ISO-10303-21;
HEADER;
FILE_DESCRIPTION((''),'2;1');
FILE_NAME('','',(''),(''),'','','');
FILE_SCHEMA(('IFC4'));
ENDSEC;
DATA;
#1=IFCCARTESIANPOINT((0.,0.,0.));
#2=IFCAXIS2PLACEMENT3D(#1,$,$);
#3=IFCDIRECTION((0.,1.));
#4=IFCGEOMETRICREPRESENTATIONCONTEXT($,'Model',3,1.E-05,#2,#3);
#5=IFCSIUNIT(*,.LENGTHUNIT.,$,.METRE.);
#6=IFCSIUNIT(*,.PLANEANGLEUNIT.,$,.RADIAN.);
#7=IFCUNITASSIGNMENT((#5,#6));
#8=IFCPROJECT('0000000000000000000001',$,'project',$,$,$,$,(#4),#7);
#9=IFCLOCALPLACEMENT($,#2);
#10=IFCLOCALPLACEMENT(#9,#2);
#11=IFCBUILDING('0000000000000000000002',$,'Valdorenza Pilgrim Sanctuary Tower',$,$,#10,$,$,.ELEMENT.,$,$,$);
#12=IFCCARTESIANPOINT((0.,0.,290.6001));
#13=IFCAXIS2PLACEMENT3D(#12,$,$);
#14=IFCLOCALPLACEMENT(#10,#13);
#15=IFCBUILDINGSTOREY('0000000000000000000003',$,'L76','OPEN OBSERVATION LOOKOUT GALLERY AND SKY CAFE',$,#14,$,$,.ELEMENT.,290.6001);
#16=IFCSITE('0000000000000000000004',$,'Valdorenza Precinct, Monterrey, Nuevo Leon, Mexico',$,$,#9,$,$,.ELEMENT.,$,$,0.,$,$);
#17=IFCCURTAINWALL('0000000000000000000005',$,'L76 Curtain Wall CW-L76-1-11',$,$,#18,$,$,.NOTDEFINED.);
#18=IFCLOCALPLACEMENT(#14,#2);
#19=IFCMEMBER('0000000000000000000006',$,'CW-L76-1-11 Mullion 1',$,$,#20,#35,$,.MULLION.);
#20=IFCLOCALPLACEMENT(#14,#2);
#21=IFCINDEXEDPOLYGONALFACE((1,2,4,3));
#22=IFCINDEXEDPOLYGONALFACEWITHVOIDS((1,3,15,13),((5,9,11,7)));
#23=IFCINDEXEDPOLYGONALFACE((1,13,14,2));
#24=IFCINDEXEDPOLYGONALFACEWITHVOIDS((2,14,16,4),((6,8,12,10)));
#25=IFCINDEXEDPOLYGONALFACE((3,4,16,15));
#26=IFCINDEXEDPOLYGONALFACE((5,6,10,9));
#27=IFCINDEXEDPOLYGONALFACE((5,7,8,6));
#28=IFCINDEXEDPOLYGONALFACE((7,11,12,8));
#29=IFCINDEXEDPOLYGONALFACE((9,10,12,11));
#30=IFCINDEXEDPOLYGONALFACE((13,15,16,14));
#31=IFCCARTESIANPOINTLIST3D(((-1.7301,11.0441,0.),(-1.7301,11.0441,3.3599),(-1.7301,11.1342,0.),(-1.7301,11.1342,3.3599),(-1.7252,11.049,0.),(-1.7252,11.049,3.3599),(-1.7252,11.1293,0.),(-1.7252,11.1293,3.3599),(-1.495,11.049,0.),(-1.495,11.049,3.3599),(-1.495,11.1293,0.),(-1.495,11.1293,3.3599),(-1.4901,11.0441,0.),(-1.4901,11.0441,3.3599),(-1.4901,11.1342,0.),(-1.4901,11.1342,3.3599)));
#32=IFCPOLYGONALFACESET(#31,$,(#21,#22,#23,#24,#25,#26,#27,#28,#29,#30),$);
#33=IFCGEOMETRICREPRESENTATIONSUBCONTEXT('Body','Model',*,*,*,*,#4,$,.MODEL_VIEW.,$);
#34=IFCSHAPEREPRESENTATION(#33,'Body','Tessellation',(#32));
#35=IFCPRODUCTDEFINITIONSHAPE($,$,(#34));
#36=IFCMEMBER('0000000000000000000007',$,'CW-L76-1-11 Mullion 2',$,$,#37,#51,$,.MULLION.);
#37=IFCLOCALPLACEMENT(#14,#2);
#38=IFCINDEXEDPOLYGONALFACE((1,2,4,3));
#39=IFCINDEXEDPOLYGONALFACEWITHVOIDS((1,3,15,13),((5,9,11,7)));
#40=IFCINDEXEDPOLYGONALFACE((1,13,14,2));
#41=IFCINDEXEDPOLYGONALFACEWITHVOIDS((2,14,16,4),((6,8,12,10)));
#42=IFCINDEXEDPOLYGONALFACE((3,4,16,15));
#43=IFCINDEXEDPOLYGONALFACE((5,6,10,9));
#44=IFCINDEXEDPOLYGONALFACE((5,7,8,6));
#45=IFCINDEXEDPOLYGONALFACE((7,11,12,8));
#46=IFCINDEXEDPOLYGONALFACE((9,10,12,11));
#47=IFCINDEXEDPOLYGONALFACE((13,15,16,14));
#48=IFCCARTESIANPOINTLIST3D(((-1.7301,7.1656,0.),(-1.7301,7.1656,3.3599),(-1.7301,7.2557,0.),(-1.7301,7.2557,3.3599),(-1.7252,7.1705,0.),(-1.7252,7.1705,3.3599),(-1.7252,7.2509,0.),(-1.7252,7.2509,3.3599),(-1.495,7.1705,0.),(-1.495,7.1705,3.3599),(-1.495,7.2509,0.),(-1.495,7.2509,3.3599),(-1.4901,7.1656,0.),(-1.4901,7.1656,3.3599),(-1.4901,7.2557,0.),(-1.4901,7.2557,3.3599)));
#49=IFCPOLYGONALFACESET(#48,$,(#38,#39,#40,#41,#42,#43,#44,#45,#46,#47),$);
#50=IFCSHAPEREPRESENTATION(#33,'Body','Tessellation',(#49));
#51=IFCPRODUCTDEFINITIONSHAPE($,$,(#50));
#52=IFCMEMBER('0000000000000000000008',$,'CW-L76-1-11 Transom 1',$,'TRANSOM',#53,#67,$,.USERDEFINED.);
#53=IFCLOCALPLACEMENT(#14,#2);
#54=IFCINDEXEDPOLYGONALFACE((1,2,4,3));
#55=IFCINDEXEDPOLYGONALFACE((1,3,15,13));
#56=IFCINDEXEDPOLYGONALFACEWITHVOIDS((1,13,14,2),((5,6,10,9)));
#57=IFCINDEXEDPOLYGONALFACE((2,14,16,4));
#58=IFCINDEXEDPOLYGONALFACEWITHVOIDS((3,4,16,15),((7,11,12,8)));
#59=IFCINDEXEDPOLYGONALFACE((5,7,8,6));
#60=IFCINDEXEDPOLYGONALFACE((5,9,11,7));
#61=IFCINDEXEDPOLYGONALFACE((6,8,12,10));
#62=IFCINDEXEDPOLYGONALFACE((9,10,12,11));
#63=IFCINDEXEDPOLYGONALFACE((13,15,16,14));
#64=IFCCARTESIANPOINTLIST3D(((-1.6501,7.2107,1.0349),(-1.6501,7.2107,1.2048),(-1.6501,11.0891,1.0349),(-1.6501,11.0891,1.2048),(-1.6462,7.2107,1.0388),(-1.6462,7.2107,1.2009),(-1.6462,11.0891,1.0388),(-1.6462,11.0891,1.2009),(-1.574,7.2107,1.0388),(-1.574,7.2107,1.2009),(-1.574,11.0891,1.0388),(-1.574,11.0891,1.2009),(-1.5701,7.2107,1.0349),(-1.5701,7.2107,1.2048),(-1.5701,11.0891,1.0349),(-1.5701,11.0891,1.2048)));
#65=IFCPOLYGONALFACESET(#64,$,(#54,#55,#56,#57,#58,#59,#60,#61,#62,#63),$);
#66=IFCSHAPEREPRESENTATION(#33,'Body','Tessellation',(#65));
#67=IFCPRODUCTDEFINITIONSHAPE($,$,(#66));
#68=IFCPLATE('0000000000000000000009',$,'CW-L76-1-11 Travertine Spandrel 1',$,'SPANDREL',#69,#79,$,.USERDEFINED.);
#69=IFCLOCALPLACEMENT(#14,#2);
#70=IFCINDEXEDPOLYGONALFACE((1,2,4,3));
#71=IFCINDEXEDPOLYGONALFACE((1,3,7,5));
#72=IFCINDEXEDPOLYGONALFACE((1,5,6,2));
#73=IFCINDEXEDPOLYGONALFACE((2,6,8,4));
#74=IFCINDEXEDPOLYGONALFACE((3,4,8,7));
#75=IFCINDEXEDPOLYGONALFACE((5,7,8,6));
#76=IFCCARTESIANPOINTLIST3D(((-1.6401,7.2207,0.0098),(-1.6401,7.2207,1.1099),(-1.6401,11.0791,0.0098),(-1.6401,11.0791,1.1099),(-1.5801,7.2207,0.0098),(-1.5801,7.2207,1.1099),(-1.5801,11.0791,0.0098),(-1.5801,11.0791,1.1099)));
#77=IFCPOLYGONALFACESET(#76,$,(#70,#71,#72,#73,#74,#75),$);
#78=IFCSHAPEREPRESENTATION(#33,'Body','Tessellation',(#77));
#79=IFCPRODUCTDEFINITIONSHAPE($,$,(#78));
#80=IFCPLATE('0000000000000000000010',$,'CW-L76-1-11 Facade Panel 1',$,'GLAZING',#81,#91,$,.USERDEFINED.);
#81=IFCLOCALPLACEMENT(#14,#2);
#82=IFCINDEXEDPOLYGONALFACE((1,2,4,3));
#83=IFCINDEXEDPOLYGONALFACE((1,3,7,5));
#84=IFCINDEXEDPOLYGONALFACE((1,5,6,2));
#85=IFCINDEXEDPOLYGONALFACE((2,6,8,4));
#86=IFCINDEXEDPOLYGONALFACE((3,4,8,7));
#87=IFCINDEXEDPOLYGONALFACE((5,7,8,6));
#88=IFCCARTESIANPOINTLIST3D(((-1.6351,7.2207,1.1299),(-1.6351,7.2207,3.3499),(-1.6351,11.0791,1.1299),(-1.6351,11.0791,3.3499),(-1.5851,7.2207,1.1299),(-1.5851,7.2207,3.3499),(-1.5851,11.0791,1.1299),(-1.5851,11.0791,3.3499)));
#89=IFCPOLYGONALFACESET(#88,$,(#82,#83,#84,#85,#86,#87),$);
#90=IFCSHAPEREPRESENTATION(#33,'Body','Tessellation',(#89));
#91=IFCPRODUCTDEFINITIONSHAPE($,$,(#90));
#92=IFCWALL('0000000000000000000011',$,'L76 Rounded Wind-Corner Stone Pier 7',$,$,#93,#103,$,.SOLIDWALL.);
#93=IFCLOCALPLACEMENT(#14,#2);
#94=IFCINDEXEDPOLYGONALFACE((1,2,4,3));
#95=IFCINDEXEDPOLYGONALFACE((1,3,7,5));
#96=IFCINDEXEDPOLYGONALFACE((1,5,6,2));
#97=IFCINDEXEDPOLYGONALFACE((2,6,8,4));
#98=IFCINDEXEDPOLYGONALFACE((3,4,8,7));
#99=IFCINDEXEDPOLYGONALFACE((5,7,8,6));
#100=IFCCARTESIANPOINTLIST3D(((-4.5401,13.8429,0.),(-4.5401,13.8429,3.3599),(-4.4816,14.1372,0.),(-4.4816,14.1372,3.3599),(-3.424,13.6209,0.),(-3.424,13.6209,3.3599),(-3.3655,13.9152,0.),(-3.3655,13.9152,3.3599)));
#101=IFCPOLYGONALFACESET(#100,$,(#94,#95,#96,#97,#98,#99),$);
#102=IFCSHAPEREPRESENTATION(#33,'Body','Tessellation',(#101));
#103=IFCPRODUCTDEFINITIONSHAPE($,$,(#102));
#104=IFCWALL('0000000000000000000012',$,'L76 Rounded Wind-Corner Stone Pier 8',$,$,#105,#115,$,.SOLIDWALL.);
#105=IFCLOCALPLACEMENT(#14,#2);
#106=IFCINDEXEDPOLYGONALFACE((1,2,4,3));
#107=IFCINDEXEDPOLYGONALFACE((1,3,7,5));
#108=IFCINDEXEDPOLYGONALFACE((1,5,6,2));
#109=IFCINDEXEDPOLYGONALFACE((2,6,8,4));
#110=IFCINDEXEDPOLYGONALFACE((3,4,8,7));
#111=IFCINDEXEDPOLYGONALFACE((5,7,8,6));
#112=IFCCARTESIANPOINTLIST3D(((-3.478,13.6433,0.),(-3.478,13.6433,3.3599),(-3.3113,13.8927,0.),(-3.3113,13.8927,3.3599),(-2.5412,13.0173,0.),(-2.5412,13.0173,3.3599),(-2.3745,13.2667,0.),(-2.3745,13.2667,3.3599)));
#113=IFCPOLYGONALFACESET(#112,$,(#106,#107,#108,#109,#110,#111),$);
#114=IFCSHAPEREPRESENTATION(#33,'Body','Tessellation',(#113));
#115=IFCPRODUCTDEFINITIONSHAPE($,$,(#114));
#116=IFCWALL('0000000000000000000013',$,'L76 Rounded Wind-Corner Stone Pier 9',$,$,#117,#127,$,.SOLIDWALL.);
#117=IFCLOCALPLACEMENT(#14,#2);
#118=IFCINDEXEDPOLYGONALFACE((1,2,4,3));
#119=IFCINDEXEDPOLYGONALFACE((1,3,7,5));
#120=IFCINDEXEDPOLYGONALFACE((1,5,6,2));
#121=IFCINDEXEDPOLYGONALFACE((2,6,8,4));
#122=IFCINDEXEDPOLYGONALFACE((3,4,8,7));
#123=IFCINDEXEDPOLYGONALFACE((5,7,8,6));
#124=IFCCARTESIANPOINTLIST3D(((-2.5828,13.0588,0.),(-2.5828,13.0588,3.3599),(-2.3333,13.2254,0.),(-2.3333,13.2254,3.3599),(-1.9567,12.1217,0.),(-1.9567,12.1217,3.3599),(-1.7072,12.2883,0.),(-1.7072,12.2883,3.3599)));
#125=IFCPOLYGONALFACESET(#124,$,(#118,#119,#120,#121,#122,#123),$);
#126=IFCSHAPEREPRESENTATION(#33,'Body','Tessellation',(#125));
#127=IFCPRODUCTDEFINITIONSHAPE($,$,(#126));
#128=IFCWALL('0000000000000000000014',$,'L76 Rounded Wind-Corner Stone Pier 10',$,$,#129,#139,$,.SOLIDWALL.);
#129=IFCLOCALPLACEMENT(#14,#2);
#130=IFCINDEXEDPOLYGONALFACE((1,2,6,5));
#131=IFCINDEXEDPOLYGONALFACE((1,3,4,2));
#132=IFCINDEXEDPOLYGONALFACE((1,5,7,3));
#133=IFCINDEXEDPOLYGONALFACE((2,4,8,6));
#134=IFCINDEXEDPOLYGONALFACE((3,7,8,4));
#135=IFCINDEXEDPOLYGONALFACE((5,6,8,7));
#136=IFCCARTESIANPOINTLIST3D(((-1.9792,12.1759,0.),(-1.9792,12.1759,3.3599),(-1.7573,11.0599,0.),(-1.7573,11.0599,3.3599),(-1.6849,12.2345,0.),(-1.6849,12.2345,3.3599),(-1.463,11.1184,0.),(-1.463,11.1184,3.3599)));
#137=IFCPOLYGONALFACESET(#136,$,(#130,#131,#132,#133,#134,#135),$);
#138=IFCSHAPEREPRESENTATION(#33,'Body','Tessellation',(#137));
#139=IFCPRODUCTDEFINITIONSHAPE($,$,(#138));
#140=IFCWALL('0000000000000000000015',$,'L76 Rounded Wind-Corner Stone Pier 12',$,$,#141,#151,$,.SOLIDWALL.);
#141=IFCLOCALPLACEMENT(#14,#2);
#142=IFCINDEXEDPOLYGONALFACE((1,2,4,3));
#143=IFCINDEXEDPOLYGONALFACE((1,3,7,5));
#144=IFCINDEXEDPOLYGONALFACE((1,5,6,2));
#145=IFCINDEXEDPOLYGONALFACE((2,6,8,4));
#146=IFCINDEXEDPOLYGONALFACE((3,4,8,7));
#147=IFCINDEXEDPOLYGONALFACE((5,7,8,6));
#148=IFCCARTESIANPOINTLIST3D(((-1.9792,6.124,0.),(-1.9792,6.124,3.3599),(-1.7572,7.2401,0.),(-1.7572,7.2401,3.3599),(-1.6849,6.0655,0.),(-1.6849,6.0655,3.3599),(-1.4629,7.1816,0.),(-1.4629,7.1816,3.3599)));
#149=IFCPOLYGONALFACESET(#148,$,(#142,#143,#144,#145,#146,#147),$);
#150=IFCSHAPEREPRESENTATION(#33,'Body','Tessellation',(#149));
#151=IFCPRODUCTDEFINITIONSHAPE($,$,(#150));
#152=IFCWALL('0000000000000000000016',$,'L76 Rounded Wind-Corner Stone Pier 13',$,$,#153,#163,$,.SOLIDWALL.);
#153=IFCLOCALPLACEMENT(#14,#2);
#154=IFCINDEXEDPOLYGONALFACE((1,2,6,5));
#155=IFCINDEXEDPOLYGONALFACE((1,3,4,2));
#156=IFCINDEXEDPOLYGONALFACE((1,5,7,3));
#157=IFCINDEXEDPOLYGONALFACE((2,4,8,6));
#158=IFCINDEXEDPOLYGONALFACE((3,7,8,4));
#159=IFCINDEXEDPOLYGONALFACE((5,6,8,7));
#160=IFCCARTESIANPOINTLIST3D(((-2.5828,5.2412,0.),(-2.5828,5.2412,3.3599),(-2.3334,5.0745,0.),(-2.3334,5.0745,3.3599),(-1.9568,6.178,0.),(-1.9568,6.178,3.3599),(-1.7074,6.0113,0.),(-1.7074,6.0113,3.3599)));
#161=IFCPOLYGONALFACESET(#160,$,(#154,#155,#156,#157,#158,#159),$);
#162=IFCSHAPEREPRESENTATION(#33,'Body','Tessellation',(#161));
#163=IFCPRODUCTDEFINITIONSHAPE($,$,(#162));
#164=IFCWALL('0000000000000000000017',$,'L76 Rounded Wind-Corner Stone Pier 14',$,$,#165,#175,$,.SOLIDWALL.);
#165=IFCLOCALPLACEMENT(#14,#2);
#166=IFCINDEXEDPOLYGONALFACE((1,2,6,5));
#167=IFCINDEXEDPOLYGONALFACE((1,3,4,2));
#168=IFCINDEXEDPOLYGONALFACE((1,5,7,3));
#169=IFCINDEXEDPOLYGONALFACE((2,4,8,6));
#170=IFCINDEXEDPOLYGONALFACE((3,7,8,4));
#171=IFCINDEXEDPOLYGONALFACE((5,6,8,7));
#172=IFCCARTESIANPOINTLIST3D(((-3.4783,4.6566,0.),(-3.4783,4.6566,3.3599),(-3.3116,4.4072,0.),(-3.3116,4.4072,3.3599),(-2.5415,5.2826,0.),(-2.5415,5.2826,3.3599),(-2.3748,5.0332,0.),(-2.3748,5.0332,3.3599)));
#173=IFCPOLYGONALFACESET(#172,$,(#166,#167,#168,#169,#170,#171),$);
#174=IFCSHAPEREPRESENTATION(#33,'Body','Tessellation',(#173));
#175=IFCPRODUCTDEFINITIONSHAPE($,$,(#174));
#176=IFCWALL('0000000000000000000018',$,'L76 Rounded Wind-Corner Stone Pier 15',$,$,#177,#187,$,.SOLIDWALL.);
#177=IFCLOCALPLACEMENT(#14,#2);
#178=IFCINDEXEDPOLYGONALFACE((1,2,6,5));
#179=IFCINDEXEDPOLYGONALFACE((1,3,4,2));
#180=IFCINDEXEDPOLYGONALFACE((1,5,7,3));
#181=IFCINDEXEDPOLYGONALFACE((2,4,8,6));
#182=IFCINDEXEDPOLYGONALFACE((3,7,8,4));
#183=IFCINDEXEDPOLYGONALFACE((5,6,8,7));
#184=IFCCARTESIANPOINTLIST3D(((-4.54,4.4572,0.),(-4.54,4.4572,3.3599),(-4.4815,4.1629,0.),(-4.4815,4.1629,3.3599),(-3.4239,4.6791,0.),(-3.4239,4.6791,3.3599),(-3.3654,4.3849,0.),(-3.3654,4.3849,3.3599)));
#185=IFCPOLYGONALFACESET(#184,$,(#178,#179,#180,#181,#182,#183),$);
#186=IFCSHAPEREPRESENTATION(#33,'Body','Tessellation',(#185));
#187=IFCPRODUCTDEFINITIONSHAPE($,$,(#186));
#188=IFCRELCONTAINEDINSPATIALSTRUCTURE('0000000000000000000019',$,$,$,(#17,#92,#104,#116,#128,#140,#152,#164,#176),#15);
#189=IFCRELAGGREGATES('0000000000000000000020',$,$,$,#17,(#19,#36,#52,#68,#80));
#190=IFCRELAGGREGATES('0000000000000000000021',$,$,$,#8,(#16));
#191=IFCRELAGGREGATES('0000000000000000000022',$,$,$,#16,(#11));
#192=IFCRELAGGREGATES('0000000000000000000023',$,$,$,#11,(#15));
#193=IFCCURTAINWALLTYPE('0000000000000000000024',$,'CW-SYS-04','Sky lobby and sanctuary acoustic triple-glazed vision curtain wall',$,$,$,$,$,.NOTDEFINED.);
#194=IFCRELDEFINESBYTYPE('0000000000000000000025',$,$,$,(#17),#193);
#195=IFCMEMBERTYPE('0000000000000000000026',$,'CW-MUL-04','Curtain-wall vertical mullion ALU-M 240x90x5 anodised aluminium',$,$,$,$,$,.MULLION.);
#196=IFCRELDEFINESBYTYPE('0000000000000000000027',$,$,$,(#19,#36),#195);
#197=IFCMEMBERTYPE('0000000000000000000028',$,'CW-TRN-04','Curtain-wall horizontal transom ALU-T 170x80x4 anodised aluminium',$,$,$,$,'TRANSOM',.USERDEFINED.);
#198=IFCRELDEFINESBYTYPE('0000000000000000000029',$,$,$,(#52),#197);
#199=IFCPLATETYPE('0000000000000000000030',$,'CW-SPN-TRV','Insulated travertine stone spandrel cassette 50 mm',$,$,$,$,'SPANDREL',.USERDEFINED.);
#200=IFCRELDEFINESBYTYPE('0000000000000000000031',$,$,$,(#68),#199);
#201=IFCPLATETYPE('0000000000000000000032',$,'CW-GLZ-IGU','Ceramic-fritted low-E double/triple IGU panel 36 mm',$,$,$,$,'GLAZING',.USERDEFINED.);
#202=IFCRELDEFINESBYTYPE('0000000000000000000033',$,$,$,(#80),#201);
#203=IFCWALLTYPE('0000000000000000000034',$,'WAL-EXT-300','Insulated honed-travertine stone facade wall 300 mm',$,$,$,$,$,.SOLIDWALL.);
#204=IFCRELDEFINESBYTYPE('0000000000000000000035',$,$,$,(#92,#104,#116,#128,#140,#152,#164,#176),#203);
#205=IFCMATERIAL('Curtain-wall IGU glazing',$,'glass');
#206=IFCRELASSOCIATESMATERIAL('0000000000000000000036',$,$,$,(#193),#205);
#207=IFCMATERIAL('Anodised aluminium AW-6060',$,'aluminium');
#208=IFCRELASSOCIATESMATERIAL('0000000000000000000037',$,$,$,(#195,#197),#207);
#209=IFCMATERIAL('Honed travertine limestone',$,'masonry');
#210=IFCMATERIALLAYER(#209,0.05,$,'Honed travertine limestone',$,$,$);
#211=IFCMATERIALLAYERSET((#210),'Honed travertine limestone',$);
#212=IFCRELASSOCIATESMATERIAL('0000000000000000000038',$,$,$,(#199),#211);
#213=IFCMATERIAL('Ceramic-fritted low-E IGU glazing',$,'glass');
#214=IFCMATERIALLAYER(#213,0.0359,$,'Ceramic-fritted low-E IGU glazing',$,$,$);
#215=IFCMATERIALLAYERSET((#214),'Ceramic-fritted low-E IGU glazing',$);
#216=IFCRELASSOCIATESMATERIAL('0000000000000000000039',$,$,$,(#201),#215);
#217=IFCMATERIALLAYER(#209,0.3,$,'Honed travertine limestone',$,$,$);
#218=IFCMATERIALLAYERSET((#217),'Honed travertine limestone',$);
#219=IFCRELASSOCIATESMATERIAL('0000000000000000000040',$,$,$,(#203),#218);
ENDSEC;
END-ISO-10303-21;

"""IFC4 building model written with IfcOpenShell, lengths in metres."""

from ifc_helpers import new_model, si_unit, direction, frame, frame_2d, origin, origin_2d, place, context, subcontext, project, spatial, rectangle, hollow_rectangle, extrude, source, transform, mapped, material, layer, layer_set, material_profile, profile_set, type_object, element, aggregate, save


model = new_model("IFC4")

# Units and contexts
model_context = context("Model", 3, precision=1e-05, world=origin(), true_north=direction((0.0, 1.0)))
body_context = subcontext(model_context, "Body", "Model", "MODEL_VIEW")
ifc_project = project(units=[si_unit("LENGTHUNIT", "METRE"), si_unit("PLANEANGLEUNIT", "RADIAN")], contexts=[model_context])

# Site, building, storey
site_placement = place(None, origin())
site = spatial("IfcSite", under=ifc_project, at=site_placement, Name="Valdorenza Precinct, Monterrey, Nuevo Leon, Mexico", CompositionType="ELEMENT", RefElevation=0.0)
building_placement = place(site_placement, origin())
building = spatial("IfcBuilding", under=site, at=building_placement, Name="Valdorenza Pilgrim Sanctuary Tower", CompositionType="ELEMENT")
storey_placement = place(building_placement, frame((0.0, 0.0, 290.6001)))
storey = spatial("IfcBuildingStorey", under=building, at=storey_placement, Name="L76", Description="OPEN OBSERVATION LOOKOUT GALLERY AND SKY CAFE", CompositionType="ELEMENT", Elevation=290.6001)

# Curtain wall, members, plates
ifc_material_1 = material(Name="Curtain-wall IGU glazing", Category="glass")
curtain_wall_type = type_object("IfcCurtainWallType", Name="CW-SYS-04", Description="Sky lobby and sanctuary acoustic triple-glazed vision curtain wall", PredefinedType="NOTDEFINED", material=ifc_material_1)
curtain_wall_placement = place(storey_placement, origin())
curtain_wall = element("IfcCurtainWall", 1, at=curtain_wall_placement, inside=storey, type_object=curtain_wall_type, Name="L76 Curtain Wall CW-L76-1-11", PredefinedType="NOTDEFINED")
ifc_material_2 = material(Name="Anodised aluminium AW-6060", Category="aluminium")
ifc_material_profile_1 = material_profile(ifc_material_2, hollow_rectangle(XDim=0.0901, YDim=0.24, WallThickness=0.0049, at=origin_2d()), Name="ALU-M 240x90x5")
ifc_profile_set_1 = profile_set([ifc_material_profile_1], Name="Anodised aluminium AW-6060")
member_type_1 = type_object("IfcMemberType", Name="CW-MUL-04", Description="Curtain-wall vertical mullion ALU-M 240x90x5 anodised aluminium", PredefinedType="MULLION", material=ifc_profile_set_1)
shared_shape_1 = source(origin(), body_context, "Body", "SweptSolid", [
    extrude(hollow_rectangle(XDim=0.0901, YDim=0.24, WallThickness=0.0049, at=origin_2d()), origin(), (0.0, 0.0, 1.0), 3.3599),
])
member_1_placement = place(storey_placement, frame((-1.6101, 11.0891, 0.0), z_axis=(0.0, 0.0, 1.0), x_axis=(0.0, -1.0, 0.0)))
member_1 = element("IfcMember", 2, at=member_1_placement, type_object=member_type_1, Name="CW-L76-1-11 Mullion 1", PredefinedType="MULLION", context=body_context, shape_type="MappedRepresentation", body=[
    mapped(shared_shape_1, transform((0.0, 0.0, 0.0), x_axis=(1.0, 0.0, 0.0), y_axis=(0.0, 1.0, 0.0), z_axis=(0.0, 0.0, 1.0), scale=1.0)),
])
member_2_placement = place(storey_placement, frame((-1.6101, 7.2107, 0.0), z_axis=(0.0, 0.0, 1.0), x_axis=(0.0, -1.0, 0.0)))
member_2 = element("IfcMember", 3, at=member_2_placement, type_object=member_type_1, Name="CW-L76-1-11 Mullion 2", PredefinedType="MULLION", context=body_context, shape_type="MappedRepresentation", body=[
    mapped(shared_shape_1, transform((0.0, 0.0, 0.0), x_axis=(1.0, 0.0, 0.0), y_axis=(0.0, 1.0, 0.0), z_axis=(0.0, 0.0, 1.0), scale=1.0)),
])
ifc_material_profile_2 = material_profile(ifc_material_2, hollow_rectangle(XDim=0.0801, YDim=0.1699, WallThickness=0.0039, at=origin_2d()), Name="ALU-T 170x80x4")
ifc_profile_set_2 = profile_set([ifc_material_profile_2], Name="Anodised aluminium AW-6060")
member_type_2 = type_object("IfcMemberType", Name="CW-TRN-04", Description="Curtain-wall horizontal transom ALU-T 170x80x4 anodised aluminium", ElementType="TRANSOM", PredefinedType="USERDEFINED", material=ifc_profile_set_2)
shared_shape_2 = source(origin(), body_context, "Body", "SweptSolid", [
    extrude(hollow_rectangle(XDim=0.0801, YDim=0.1699, WallThickness=0.0039, at=origin_2d()), origin(), (0.0, 0.0, 1.0), 3.8784),
])
member_3_placement = place(storey_placement, frame((-1.6101, 11.0891, 1.1199), z_axis=(0.0, -1.0, 0.0), x_axis=(1.0, 0.0, 0.0)))
member_3 = element("IfcMember", 4, at=member_3_placement, type_object=member_type_2, Name="CW-L76-1-11 Transom 1", ObjectType="TRANSOM", PredefinedType="USERDEFINED", context=body_context, shape_type="MappedRepresentation", body=[
    mapped(shared_shape_2, transform((0.0, 0.0, 0.0), x_axis=(1.0, 0.0, 0.0), y_axis=(0.0, 1.0, 0.0), z_axis=(0.0, 0.0, 1.0), scale=1.0)),
])
ifc_material_3 = material(Name="Honed travertine limestone", Category="masonry")
ifc_layer_1 = layer(ifc_material_3, 0.05, Name="Honed travertine limestone")
ifc_layer_set_1 = layer_set([ifc_layer_1], Name="Honed travertine limestone")
plate_type_1 = type_object("IfcPlateType", Name="CW-SPN-TRV", Description="Insulated travertine stone spandrel cassette 50 mm", ElementType="SPANDREL", PredefinedType="USERDEFINED", material=ifc_layer_set_1)
shared_shape_3 = source(origin(), body_context, "Body", "SweptSolid", [
    extrude(rectangle(XDim=3.8584, YDim=0.0601, at=origin_2d()), origin(), (0.0, 0.0, 1.0), 1.1001),
])
plate_1_placement = place(storey_placement, frame((-1.6101, 9.1499, 0.0098), z_axis=(0.0, 0.0, 1.0), x_axis=(0.0, -1.0, 0.0)))
plate_1 = element("IfcPlate", 5, at=plate_1_placement, type_object=plate_type_1, Name="CW-L76-1-11 Travertine Spandrel 1", ObjectType="SPANDREL", PredefinedType="USERDEFINED", context=body_context, shape_type="MappedRepresentation", body=[
    mapped(shared_shape_3, transform((0.0, 0.0, 0.0), x_axis=(1.0, 0.0, 0.0), y_axis=(0.0, 1.0, 0.0), z_axis=(0.0, 0.0, 1.0), scale=1.0)),
])
ifc_material_4 = material(Name="Ceramic-fritted low-E IGU glazing", Category="glass")
ifc_layer_2 = layer(ifc_material_4, 0.0359, Name="Ceramic-fritted low-E IGU glazing")
ifc_layer_set_2 = layer_set([ifc_layer_2], Name="Ceramic-fritted low-E IGU glazing")
plate_type_2 = type_object("IfcPlateType", Name="CW-GLZ-IGU", Description="Ceramic-fritted low-E double/triple IGU panel 36 mm", ElementType="GLAZING", PredefinedType="USERDEFINED", material=ifc_layer_set_2)
shared_shape_4 = source(origin(), body_context, "Body", "SweptSolid", [
    extrude(rectangle(XDim=3.8584, YDim=0.05, at=origin_2d()), origin(), (0.0, 0.0, 1.0), 2.22),
])
plate_2_placement = place(storey_placement, frame((-1.6101, 9.1499, 1.1299), z_axis=(0.0, 0.0, 1.0), x_axis=(0.0, -1.0, 0.0)))
plate_2 = element("IfcPlate", 6, at=plate_2_placement, type_object=plate_type_2, Name="CW-L76-1-11 Facade Panel 1", ObjectType="GLAZING", PredefinedType="USERDEFINED", context=body_context, shape_type="MappedRepresentation", body=[
    mapped(shared_shape_4, transform((0.0, 0.0, 0.0), x_axis=(1.0, 0.0, 0.0), y_axis=(0.0, 1.0, 0.0), z_axis=(0.0, 0.0, 1.0), scale=1.0)),
])
aggregate(curtain_wall, [member_1, member_2, member_3, plate_1, plate_2])

# Walls
ifc_layer_3 = layer(ifc_material_3, 0.3, Name="Honed travertine limestone")
ifc_layer_set_3 = layer_set([ifc_layer_3], Name="Honed travertine limestone")
wall_type = type_object("IfcWallType", Name="WAL-EXT-300", Description="Insulated honed-travertine stone facade wall 300 mm", PredefinedType="SOLIDWALL", material=ifc_layer_set_3)
wall_1_placement = place(storey_placement, frame((-4.5107, 13.99, 0.0), z_axis=(0.0, 0.0, 1.0), x_axis=(0.980795, -0.195043, 0.0)))
element("IfcWall", 7, at=wall_1_placement, inside=storey, type_object=wall_type, Name="L76 Rounded Wind-Corner Stone Pier 7", PredefinedType="SOLIDWALL", context=body_context, shape_type="SweptSolid", body=[
    extrude(rectangle(XDim=1.1379, YDim=0.3, at=frame_2d((0.5688, 0.0))), origin(), (0.0, 0.0, 1.0), 3.3599),
])
wall_2_placement = place(storey_placement, frame((-3.3948, 13.7681, 0.0), z_axis=(0.0, 0.0, 1.0), x_axis=(0.83145, -0.5556, 0.0)))
element("IfcWall", 8, at=wall_2_placement, inside=storey, type_object=wall_type, Name="L76 Rounded Wind-Corner Stone Pier 8", PredefinedType="SOLIDWALL", context=body_context, shape_type="SweptSolid", body=[
    extrude(rectangle(XDim=1.1267, YDim=0.3, at=frame_2d((0.5635, 0.0))), origin(), (0.0, 0.0, 1.0), 3.3599),
])
wall_3_placement = place(storey_placement, frame((-2.458, 13.1421, 0.0), z_axis=(0.0, 0.0, 1.0), x_axis=(0.5555, -0.831517, 0.0)))
element("IfcWall", 9, at=wall_3_placement, inside=storey, type_object=wall_type, Name="L76 Rounded Wind-Corner Stone Pier 9", PredefinedType="SOLIDWALL", context=body_context, shape_type="SweptSolid", body=[
    extrude(rectangle(XDim=1.127, YDim=0.3, at=frame_2d((0.5635, 0.0))), origin(), (0.0, 0.0, 1.0), 3.3599),
])
for number, where, z_axis, x_axis, name in (
    (10, (-1.832, 12.2051, 0.0), (0.0, 0.0, 1.0), (0.195043, -0.980795, 0.0), "L76 Rounded Wind-Corner Stone Pier 10"),
    (11, (-1.6101, 7.2107, 0.0), (0.0, 0.0, 1.0), (-0.195043, -0.980795, 0.0), "L76 Rounded Wind-Corner Stone Pier 12"),
):
    element("IfcWall", number, at=place(storey_placement, frame(where, z_axis=z_axis, x_axis=x_axis)), inside=storey, type_object=wall_type, Name=name, PredefinedType="SOLIDWALL", context=body_context, shape_type="SweptSolid", body=[
        extrude(rectangle(XDim=1.1379, YDim=0.3, at=frame_2d((0.5688, 0.0))), origin(), (0.0, 0.0, 1.0), 3.3599),
    ])
for number, where, z_axis, x_axis, name in (
    (12, (-1.832, 6.0947, 0.0), (0.0, 0.0, 1.0), (-0.5556, -0.83145, 0.0), "L76 Rounded Wind-Corner Stone Pier 13"),
    (13, (-2.458, 5.158, 0.0), (0.0, 0.0, 1.0), (-0.83145, -0.5556, 0.0), "L76 Rounded Wind-Corner Stone Pier 14"),
):
    element("IfcWall", number, at=place(storey_placement, frame(where, z_axis=z_axis, x_axis=x_axis)), inside=storey, type_object=wall_type, Name=name, PredefinedType="SOLIDWALL", context=body_context, shape_type="SweptSolid", body=[
        extrude(rectangle(XDim=1.1267, YDim=0.3, at=frame_2d((0.5635, 0.0))), origin(), (0.0, 0.0, 1.0), 3.3599),
    ])
wall_4_placement = place(storey_placement, frame((-3.3948, 4.532, 0.0), z_axis=(0.0, 0.0, 1.0), x_axis=(-0.980795, -0.195043, 0.0)))
element("IfcWall", 14, at=wall_4_placement, inside=storey, type_object=wall_type, Name="L76 Rounded Wind-Corner Stone Pier 15", PredefinedType="SOLIDWALL", context=body_context, shape_type="SweptSolid", body=[
    extrude(rectangle(XDim=1.1379, YDim=0.3, at=frame_2d((0.5688, 0.0))), origin(), (0.0, 0.0, 1.0), 3.3599),
])

save(model, "model.ifc")
